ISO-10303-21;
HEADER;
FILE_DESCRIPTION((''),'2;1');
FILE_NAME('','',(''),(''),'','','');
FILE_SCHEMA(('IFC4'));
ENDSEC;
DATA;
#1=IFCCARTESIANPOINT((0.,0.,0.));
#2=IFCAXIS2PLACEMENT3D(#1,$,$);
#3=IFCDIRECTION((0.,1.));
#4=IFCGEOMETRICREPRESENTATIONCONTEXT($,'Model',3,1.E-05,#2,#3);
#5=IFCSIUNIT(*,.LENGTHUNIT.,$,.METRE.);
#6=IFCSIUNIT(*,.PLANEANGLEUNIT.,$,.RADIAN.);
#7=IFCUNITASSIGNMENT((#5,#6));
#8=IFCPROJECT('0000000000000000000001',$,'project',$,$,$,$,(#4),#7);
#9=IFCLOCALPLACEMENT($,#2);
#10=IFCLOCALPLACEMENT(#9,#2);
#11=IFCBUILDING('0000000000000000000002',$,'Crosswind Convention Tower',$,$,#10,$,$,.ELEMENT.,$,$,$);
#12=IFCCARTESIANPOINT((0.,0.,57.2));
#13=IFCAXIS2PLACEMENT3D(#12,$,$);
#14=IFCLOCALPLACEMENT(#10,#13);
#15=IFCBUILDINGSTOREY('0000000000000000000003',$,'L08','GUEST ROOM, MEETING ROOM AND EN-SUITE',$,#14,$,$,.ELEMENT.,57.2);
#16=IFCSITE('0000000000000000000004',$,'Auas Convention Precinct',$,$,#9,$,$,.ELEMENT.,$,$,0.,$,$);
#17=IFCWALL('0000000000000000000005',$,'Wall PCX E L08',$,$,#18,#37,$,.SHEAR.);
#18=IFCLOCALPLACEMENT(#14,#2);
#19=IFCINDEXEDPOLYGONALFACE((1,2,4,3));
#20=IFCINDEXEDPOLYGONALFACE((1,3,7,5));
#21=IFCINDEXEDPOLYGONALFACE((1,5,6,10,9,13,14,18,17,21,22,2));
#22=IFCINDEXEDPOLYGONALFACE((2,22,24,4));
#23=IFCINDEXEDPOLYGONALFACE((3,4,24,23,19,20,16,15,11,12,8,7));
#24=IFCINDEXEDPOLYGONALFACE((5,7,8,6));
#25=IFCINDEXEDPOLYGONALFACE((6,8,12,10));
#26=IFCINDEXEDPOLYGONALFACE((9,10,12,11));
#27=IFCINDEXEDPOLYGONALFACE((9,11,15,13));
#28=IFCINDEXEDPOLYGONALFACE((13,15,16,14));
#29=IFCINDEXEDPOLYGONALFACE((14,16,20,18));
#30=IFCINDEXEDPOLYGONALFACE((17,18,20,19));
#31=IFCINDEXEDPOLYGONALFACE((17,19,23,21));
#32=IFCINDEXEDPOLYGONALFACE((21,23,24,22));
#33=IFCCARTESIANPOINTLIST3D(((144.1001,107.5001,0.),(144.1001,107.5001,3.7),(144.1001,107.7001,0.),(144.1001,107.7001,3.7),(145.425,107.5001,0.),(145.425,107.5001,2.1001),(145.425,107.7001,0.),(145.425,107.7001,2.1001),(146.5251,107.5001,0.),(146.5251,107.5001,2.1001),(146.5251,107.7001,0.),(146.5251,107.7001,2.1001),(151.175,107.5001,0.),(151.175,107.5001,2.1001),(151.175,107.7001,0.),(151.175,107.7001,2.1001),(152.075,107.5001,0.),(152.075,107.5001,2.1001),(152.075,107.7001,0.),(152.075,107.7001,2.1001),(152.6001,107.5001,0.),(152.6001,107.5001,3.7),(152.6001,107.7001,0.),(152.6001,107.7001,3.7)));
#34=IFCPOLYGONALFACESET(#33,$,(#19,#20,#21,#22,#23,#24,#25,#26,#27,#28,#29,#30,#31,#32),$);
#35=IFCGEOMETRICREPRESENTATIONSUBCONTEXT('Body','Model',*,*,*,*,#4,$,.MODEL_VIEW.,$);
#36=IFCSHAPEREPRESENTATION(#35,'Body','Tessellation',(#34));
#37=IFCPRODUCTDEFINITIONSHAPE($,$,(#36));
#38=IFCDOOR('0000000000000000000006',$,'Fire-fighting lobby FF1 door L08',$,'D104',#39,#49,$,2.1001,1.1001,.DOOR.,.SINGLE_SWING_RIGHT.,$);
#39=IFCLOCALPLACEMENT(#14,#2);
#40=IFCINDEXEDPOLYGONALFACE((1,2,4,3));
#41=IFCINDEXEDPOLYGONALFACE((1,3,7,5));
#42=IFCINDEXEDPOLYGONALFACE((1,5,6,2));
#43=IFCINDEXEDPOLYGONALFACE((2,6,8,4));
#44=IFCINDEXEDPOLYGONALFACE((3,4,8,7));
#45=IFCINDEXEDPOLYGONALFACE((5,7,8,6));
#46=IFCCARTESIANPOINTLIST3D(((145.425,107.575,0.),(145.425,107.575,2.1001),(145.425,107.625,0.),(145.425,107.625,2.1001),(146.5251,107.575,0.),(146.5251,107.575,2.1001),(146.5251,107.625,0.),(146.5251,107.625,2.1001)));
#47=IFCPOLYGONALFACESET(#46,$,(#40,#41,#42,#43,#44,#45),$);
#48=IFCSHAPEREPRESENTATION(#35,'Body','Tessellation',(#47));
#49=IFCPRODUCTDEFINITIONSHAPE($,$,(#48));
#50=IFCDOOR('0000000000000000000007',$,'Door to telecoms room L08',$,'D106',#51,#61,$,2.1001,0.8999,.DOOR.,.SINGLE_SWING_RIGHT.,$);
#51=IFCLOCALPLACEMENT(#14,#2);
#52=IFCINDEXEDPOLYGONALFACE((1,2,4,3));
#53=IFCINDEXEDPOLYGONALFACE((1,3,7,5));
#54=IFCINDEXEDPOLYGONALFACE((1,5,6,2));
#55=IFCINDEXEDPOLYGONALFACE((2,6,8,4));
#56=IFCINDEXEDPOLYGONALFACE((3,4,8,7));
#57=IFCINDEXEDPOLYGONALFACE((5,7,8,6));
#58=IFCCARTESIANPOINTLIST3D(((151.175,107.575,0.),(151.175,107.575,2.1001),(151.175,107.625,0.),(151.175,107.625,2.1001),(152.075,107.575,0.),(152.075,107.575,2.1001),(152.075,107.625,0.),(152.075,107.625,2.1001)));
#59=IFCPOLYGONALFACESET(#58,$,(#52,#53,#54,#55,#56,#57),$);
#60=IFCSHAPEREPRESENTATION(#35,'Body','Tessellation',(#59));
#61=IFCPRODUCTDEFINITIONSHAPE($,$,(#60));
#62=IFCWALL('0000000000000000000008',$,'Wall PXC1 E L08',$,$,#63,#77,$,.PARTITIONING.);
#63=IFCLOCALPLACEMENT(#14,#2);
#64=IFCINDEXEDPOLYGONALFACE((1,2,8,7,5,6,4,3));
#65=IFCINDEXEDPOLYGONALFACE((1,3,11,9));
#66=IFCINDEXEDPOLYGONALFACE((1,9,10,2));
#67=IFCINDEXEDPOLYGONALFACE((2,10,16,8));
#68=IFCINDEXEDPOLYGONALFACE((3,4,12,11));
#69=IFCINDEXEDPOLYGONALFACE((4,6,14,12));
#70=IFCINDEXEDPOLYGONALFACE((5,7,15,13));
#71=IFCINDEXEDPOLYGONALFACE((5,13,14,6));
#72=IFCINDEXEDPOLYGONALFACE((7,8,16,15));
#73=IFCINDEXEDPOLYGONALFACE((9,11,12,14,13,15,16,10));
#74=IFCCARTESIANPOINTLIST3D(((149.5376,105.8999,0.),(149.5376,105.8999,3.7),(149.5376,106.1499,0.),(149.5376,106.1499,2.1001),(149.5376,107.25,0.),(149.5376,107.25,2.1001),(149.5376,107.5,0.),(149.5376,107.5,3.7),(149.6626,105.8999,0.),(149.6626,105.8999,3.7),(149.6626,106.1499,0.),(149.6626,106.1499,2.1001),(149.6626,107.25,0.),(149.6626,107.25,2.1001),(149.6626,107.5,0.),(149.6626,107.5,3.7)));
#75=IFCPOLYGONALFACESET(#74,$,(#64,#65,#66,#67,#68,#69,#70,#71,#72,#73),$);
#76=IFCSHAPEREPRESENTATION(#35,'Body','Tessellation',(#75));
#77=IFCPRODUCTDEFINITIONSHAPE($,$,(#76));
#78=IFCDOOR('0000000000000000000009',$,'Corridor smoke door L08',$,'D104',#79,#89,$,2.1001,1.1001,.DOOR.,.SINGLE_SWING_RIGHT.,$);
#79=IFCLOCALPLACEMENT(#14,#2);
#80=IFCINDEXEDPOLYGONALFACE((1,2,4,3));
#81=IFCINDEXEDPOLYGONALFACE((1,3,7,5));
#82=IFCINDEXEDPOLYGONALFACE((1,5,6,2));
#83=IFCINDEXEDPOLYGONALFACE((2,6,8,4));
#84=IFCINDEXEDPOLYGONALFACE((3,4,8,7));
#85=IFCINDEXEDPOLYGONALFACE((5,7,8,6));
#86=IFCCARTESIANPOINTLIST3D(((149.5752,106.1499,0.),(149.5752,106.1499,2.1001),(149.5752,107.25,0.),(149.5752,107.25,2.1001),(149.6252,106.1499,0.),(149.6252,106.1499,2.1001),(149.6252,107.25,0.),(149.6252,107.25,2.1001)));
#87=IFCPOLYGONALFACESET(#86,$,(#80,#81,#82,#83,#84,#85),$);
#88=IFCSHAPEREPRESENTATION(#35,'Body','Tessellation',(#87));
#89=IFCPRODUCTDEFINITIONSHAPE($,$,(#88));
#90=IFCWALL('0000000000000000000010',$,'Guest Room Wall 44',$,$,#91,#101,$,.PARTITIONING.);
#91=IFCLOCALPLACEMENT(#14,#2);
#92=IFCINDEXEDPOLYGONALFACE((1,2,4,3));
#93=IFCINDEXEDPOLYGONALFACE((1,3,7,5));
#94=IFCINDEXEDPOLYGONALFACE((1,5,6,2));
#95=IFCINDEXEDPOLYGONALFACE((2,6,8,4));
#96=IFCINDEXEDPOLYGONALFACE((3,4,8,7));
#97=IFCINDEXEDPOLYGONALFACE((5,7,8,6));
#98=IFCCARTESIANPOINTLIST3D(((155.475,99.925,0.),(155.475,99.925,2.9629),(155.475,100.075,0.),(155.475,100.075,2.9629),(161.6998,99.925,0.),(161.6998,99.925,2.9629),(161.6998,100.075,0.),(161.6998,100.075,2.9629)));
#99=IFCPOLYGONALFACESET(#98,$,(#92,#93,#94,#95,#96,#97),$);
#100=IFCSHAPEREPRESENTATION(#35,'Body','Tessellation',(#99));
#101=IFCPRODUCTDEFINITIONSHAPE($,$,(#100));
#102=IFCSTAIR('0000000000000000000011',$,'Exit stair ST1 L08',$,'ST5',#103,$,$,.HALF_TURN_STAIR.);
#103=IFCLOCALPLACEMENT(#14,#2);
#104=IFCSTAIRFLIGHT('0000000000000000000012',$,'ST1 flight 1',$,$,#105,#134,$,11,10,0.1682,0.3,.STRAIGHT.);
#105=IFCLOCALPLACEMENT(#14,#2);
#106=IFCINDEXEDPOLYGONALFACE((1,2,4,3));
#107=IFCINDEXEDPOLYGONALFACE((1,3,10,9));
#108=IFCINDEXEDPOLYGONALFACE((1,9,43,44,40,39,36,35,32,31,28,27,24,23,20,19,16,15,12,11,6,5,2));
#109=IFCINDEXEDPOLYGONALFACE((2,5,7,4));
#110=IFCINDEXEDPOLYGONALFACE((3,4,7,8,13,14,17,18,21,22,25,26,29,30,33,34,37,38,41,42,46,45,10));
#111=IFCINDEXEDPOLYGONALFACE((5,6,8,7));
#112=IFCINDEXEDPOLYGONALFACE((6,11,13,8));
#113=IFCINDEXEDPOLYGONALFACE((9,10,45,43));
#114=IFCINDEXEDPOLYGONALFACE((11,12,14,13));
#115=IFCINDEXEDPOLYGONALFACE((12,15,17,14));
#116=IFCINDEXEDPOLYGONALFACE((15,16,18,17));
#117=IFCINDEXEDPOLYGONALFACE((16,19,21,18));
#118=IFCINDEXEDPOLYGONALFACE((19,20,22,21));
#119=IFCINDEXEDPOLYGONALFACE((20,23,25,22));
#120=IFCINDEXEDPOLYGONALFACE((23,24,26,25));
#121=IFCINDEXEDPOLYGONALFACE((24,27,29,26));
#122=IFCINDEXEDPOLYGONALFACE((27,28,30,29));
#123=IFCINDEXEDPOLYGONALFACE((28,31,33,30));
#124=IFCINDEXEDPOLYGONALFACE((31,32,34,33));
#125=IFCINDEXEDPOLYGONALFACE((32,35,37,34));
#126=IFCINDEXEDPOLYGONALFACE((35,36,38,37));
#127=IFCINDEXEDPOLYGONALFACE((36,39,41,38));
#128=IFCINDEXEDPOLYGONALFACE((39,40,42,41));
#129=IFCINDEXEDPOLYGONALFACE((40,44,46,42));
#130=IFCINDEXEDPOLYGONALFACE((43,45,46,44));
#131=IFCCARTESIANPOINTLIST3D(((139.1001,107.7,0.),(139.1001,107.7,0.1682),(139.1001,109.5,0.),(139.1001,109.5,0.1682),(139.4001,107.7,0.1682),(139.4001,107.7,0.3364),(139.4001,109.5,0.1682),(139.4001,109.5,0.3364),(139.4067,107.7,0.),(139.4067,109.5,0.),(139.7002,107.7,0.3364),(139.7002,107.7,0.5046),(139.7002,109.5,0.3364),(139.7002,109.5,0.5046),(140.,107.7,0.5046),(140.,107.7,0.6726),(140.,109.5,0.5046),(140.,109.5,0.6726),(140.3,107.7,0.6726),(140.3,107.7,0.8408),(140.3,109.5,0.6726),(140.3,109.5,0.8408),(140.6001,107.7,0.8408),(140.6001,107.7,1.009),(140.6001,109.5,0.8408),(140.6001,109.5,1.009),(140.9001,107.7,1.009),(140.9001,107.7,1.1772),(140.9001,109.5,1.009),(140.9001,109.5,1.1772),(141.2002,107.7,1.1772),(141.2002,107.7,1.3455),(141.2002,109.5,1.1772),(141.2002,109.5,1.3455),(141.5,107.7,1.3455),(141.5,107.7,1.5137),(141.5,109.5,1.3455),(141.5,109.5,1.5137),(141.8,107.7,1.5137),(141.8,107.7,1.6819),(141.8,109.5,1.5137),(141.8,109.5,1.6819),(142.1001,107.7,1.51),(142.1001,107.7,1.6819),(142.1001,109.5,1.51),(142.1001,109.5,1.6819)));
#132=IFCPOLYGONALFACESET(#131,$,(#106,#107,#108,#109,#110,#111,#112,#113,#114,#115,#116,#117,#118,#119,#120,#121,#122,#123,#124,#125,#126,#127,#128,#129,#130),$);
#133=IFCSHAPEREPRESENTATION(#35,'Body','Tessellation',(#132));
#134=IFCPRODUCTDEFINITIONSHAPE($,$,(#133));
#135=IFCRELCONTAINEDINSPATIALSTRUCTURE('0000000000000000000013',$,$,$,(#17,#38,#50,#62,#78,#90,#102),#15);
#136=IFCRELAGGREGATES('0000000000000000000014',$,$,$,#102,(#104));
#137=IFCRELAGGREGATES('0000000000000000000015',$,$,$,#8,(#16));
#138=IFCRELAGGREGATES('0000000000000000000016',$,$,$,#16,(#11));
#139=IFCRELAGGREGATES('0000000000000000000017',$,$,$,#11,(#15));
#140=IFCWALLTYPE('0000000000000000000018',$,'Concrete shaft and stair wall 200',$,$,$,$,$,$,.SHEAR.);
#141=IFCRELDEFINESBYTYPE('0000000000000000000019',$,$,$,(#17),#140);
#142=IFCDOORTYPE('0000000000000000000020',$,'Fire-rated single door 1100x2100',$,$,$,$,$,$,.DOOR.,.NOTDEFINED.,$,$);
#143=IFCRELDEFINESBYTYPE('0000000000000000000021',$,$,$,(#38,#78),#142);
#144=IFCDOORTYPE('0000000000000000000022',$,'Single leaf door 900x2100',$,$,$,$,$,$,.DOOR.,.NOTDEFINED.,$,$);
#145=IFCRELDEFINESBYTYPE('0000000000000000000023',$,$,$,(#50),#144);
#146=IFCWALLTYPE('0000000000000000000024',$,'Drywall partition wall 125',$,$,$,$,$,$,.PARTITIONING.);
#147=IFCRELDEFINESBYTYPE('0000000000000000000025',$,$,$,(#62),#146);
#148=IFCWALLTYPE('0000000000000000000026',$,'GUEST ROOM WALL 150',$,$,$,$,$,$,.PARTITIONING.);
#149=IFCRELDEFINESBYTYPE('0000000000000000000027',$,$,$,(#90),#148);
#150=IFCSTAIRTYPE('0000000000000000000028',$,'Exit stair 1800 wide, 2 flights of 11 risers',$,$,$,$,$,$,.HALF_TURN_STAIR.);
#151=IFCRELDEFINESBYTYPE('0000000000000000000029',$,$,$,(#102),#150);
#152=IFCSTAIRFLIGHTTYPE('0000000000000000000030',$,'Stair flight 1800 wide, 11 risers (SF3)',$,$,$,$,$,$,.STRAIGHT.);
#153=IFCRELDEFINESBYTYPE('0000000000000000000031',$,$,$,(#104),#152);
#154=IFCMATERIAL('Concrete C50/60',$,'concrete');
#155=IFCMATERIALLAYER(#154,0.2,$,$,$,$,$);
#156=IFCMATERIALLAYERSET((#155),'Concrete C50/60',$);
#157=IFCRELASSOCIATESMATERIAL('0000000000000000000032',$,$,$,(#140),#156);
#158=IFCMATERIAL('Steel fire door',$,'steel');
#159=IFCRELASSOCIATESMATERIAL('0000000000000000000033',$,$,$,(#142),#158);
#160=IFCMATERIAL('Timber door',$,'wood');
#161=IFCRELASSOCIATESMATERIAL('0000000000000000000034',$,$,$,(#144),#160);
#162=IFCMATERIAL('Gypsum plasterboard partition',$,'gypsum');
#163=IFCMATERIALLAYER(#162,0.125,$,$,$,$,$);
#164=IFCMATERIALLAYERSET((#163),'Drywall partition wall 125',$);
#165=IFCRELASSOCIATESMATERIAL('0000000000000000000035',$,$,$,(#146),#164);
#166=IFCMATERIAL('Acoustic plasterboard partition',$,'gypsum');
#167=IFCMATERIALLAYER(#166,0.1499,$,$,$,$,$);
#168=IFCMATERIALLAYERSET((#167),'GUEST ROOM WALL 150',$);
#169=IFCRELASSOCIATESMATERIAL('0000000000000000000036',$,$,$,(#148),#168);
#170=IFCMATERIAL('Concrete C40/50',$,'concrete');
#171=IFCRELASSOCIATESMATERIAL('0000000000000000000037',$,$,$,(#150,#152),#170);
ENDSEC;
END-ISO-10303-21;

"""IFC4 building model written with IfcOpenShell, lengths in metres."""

from ifc_helpers import new_model, si_unit, direction, frame, frame_2d, origin, place, context, subcontext, project, spatial, polyline, rectangle, outline, extrude, material, layer, layer_set, type_object, element, fill, aggregate, save


model = new_model("IFC4")

# Units and contexts
model_context = context("Model", 3, precision=1e-05, world=origin(), true_north=direction((0.0, 1.0)))
body_context = subcontext(model_context, "Body", "Model", "MODEL_VIEW")
ifc_project = project(units=[si_unit("LENGTHUNIT", "METRE"), si_unit("PLANEANGLEUNIT", "RADIAN")], contexts=[model_context])

# Site, building, storey
site_placement = place(None, origin())
site = spatial("IfcSite", under=ifc_project, at=site_placement, Name="Auas Convention Precinct", CompositionType="ELEMENT", RefElevation=0.0)
building_placement = place(site_placement, origin())
building = spatial("IfcBuilding", under=site, at=building_placement, Name="Crosswind Convention Tower", CompositionType="ELEMENT")
storey_placement = place(building_placement, frame((0.0, 0.0, 57.2)))
storey = spatial("IfcBuildingStorey", under=building, at=storey_placement, Name="L08", Description="GUEST ROOM, MEETING ROOM AND EN-SUITE", CompositionType="ELEMENT", Elevation=57.2)

# Shared definitions
ifc_material_1 = material(Name="Concrete C50/60", Category="concrete")
ifc_layer_1 = layer(ifc_material_1, 0.2)
ifc_layer_set_1 = layer_set([ifc_layer_1], Name="Concrete C50/60")
wall_type_1 = type_object("IfcWallType", Name="Concrete shaft and stair wall 200", PredefinedType="SHEAR", material=ifc_layer_set_1)

# Shared definitions
ifc_material_2 = material(Name="Steel fire door", Category="steel")
door_type_1 = type_object("IfcDoorType", Name="Fire-rated single door 1100x2100", OperationType="NOTDEFINED", PredefinedType="DOOR", material=ifc_material_2)

# Wall, openings, doors
wall_1_placement = place(storey_placement, frame((144.1001, 107.6001, 0.0), z_axis=(0.0, 0.0, 1.0), x_axis=(1.0, 0.0, 0.0)))
wall_1 = element("IfcWall", 1, at=wall_1_placement, inside=storey, type_object=wall_type_1, Name="Wall PCX E L08", PredefinedType="SHEAR", context=body_context, shape_type="SweptSolid", body=[
    extrude(rectangle(XDim=8.5, YDim=0.2, at=frame_2d((4.25, 0.0))), origin(), (0.0, 0.0, 1.0), 3.7),
])
opening_1_placement = place(wall_1_placement, frame((1.325, 0.0, 0.0)))
opening_1 = element("IfcOpeningElement", 2, at=opening_1_placement, cuts=wall_1, PredefinedType="OPENING", context=body_context, shape_type="SweptSolid", body=[
    extrude(rectangle(XDim=1.1001, YDim=2.1001, at=frame_2d((0.55, 1.05))), frame((0.0, 0.1099, 0.0), z_axis=(0.0, -1.0, 0.0), x_axis=(1.0, 0.0, 0.0)), (0.0, 0.0, 1.0), 0.22),
])
opening_2_placement = place(wall_1_placement, frame((7.075, 0.0, 0.0)))
opening_2 = element("IfcOpeningElement", 3, at=opening_2_placement, cuts=wall_1, PredefinedType="OPENING", context=body_context, shape_type="SweptSolid", body=[
    extrude(rectangle(XDim=0.8999, YDim=2.1001, at=frame_2d((0.45, 1.05))), frame((0.0, 0.1099, 0.0), z_axis=(0.0, -1.0, 0.0), x_axis=(1.0, 0.0, 0.0)), (0.0, 0.0, 1.0), 0.22),
])
door_1_placement = place(opening_1_placement, origin())
door_1 = element("IfcDoor", 4, at=door_1_placement, inside=storey, type_object=door_type_1, Name="Fire-fighting lobby FF1 door L08", ObjectType="D104", OperationType="SINGLE_SWING_RIGHT", OverallHeight=2.1001, OverallWidth=1.1001, PredefinedType="DOOR", context=body_context, shape_type="SweptSolid", body=[
    extrude(rectangle(XDim=1.1001, YDim=2.1001, at=frame_2d((0.55, 1.05))), frame((0.0, 0.0249, 0.0), z_axis=(0.0, -1.0, 0.0), x_axis=(1.0, 0.0, 0.0)), (0.0, 0.0, 1.0), 0.05),
])
fill(opening_1, door_1)
ifc_material_3 = material(Name="Timber door", Category="wood")
door_type_2 = type_object("IfcDoorType", Name="Single leaf door 900x2100", OperationType="NOTDEFINED", PredefinedType="DOOR", material=ifc_material_3)
door_2_placement = place(opening_2_placement, origin())
door_2 = element("IfcDoor", 5, at=door_2_placement, inside=storey, type_object=door_type_2, Name="Door to telecoms room L08", ObjectType="D106", OperationType="SINGLE_SWING_RIGHT", OverallHeight=2.1001, OverallWidth=0.8999, PredefinedType="DOOR", context=body_context, shape_type="SweptSolid", body=[
    extrude(rectangle(XDim=0.8999, YDim=2.1001, at=frame_2d((0.45, 1.05))), frame((0.0, 0.0249, 0.0), z_axis=(0.0, -1.0, 0.0), x_axis=(1.0, 0.0, 0.0)), (0.0, 0.0, 1.0), 0.05),
])
fill(opening_2, door_2)

# Wall, opening, door
ifc_material_4 = material(Name="Gypsum plasterboard partition", Category="gypsum")
ifc_layer_2 = layer(ifc_material_4, 0.125)
ifc_layer_set_2 = layer_set([ifc_layer_2], Name="Drywall partition wall 125")
wall_type_2 = type_object("IfcWallType", Name="Drywall partition wall 125", PredefinedType="PARTITIONING", material=ifc_layer_set_2)
wall_2_placement = place(storey_placement, frame((149.6001, 105.8999, 0.0), z_axis=(0.0, 0.0, 1.0), x_axis=(0.0, 1.0, 0.0)))
wall_2 = element("IfcWall", 6, at=wall_2_placement, inside=storey, type_object=wall_type_2, Name="Wall PXC1 E L08", PredefinedType="PARTITIONING", context=body_context, shape_type="SweptSolid", body=[
    extrude(rectangle(XDim=1.6001, YDim=0.125, at=frame_2d((0.8, 0.0))), origin(), (0.0, 0.0, 1.0), 3.7),
])
opening_3_placement = place(wall_2_placement, frame((0.25, 0.0, 0.0)))
opening_3 = element("IfcOpeningElement", 7, at=opening_3_placement, cuts=wall_2, PredefinedType="OPENING", context=body_context, shape_type="SweptSolid", body=[
    extrude(rectangle(XDim=1.1001, YDim=2.1001, at=frame_2d((0.55, 1.05))), frame((0.0, 0.0725, 0.0), z_axis=(0.0, -1.0, 0.0), x_axis=(1.0, 0.0, 0.0)), (0.0, 0.0, 1.0), 0.145),
])
door_3_placement = place(opening_3_placement, origin())
door_3 = element("IfcDoor", 8, at=door_3_placement, inside=storey, type_object=door_type_1, Name="Corridor smoke door L08", ObjectType="D104", OperationType="SINGLE_SWING_RIGHT", OverallHeight=2.1001, OverallWidth=1.1001, PredefinedType="DOOR", context=body_context, shape_type="SweptSolid", body=[
    extrude(rectangle(XDim=1.1001, YDim=2.1001, at=frame_2d((0.55, 1.05))), frame((0.0, 0.0249, 0.0), z_axis=(0.0, -1.0, 0.0), x_axis=(1.0, 0.0, 0.0)), (0.0, 0.0, 1.0), 0.05),
])
fill(opening_3, door_3)

# Wall
ifc_material_5 = material(Name="Acoustic plasterboard partition", Category="gypsum")
ifc_layer_3 = layer(ifc_material_5, 0.1499)
ifc_layer_set_3 = layer_set([ifc_layer_3], Name="GUEST ROOM WALL 150")
wall_type_3 = type_object("IfcWallType", Name="GUEST ROOM WALL 150", PredefinedType="PARTITIONING", material=ifc_layer_set_3)
wall_3_placement = place(storey_placement, frame((155.4751, 100.0, 0.0), z_axis=(0.0, 0.0, 1.0), x_axis=(1.0, 0.0, 0.0)))
element("IfcWall", 9, at=wall_3_placement, inside=storey, type_object=wall_type_3, Name="Guest Room Wall 44", PredefinedType="PARTITIONING", context=body_context, shape_type="SweptSolid", body=[
    extrude(rectangle(XDim=6.2249, YDim=0.1499, at=frame_2d((3.1123, 0.0))), origin(), (0.0, 0.0, 1.0), 2.9629),
])

# Stair, stair flight
ifc_material_6 = material(Name="Concrete C40/50", Category="concrete")
stair_type = type_object("IfcStairType", Name="Exit stair 1800 wide, 2 flights of 11 risers", PredefinedType="HALF_TURN_STAIR", material=ifc_material_6)
stair_placement = place(storey_placement, origin())
stair = element("IfcStair", 10, at=stair_placement, inside=storey, type_object=stair_type, Name="Exit stair ST1 L08", ObjectType="ST5", PredefinedType="HALF_TURN_STAIR")
stair_flight_type = type_object("IfcStairFlightType", Name="Stair flight 1800 wide, 11 risers (SF3)", PredefinedType="STRAIGHT", material=ifc_material_6)
stair_flight_placement = place(storey_placement, frame((139.1001, 108.6001, 0.0), z_axis=(0.0, 0.0, 1.0), x_axis=(1.0, 0.0, 0.0)))
stair_flight = element("IfcStairFlight", 11, at=stair_flight_placement, type_object=stair_flight_type, Name="ST1 flight 1", NumberOfRisers=11, NumberOfTreads=10, PredefinedType="STRAIGHT", RiserHeight=0.1682, TreadLength=0.3, context=body_context, shape_type="SweptSolid", body=[
    extrude(outline(polyline([(0.0, 0.0), (0.0, 0.1682), (0.3, 0.1682), (0.3, 0.3364), (0.6001, 0.3364), (0.6001, 0.5046), (0.8999, 0.5046), (0.8999, 0.6726), (1.2, 0.6726), (1.2, 0.8408), (1.5, 0.8408), (1.5, 1.009), (1.8, 1.009), (1.8, 1.1772), (2.1001, 1.1772), (2.1001, 1.3455), (2.3999, 1.3455), (2.3999, 1.5137), (2.7, 1.5137), (2.7, 1.6819), (3.0, 1.6819), (3.0, 1.8501), (3.0, 1.51), (0.3066, 0.0), (0.0, 0.0)])), frame((0.0, 0.8999, 0.0), z_axis=(0.0, -1.0, 0.0), x_axis=(1.0, 0.0, 0.0)), (0.0, 0.0, 1.0), 1.8),
])
aggregate(stair, [stair_flight])

save(model, "model.ifc")
